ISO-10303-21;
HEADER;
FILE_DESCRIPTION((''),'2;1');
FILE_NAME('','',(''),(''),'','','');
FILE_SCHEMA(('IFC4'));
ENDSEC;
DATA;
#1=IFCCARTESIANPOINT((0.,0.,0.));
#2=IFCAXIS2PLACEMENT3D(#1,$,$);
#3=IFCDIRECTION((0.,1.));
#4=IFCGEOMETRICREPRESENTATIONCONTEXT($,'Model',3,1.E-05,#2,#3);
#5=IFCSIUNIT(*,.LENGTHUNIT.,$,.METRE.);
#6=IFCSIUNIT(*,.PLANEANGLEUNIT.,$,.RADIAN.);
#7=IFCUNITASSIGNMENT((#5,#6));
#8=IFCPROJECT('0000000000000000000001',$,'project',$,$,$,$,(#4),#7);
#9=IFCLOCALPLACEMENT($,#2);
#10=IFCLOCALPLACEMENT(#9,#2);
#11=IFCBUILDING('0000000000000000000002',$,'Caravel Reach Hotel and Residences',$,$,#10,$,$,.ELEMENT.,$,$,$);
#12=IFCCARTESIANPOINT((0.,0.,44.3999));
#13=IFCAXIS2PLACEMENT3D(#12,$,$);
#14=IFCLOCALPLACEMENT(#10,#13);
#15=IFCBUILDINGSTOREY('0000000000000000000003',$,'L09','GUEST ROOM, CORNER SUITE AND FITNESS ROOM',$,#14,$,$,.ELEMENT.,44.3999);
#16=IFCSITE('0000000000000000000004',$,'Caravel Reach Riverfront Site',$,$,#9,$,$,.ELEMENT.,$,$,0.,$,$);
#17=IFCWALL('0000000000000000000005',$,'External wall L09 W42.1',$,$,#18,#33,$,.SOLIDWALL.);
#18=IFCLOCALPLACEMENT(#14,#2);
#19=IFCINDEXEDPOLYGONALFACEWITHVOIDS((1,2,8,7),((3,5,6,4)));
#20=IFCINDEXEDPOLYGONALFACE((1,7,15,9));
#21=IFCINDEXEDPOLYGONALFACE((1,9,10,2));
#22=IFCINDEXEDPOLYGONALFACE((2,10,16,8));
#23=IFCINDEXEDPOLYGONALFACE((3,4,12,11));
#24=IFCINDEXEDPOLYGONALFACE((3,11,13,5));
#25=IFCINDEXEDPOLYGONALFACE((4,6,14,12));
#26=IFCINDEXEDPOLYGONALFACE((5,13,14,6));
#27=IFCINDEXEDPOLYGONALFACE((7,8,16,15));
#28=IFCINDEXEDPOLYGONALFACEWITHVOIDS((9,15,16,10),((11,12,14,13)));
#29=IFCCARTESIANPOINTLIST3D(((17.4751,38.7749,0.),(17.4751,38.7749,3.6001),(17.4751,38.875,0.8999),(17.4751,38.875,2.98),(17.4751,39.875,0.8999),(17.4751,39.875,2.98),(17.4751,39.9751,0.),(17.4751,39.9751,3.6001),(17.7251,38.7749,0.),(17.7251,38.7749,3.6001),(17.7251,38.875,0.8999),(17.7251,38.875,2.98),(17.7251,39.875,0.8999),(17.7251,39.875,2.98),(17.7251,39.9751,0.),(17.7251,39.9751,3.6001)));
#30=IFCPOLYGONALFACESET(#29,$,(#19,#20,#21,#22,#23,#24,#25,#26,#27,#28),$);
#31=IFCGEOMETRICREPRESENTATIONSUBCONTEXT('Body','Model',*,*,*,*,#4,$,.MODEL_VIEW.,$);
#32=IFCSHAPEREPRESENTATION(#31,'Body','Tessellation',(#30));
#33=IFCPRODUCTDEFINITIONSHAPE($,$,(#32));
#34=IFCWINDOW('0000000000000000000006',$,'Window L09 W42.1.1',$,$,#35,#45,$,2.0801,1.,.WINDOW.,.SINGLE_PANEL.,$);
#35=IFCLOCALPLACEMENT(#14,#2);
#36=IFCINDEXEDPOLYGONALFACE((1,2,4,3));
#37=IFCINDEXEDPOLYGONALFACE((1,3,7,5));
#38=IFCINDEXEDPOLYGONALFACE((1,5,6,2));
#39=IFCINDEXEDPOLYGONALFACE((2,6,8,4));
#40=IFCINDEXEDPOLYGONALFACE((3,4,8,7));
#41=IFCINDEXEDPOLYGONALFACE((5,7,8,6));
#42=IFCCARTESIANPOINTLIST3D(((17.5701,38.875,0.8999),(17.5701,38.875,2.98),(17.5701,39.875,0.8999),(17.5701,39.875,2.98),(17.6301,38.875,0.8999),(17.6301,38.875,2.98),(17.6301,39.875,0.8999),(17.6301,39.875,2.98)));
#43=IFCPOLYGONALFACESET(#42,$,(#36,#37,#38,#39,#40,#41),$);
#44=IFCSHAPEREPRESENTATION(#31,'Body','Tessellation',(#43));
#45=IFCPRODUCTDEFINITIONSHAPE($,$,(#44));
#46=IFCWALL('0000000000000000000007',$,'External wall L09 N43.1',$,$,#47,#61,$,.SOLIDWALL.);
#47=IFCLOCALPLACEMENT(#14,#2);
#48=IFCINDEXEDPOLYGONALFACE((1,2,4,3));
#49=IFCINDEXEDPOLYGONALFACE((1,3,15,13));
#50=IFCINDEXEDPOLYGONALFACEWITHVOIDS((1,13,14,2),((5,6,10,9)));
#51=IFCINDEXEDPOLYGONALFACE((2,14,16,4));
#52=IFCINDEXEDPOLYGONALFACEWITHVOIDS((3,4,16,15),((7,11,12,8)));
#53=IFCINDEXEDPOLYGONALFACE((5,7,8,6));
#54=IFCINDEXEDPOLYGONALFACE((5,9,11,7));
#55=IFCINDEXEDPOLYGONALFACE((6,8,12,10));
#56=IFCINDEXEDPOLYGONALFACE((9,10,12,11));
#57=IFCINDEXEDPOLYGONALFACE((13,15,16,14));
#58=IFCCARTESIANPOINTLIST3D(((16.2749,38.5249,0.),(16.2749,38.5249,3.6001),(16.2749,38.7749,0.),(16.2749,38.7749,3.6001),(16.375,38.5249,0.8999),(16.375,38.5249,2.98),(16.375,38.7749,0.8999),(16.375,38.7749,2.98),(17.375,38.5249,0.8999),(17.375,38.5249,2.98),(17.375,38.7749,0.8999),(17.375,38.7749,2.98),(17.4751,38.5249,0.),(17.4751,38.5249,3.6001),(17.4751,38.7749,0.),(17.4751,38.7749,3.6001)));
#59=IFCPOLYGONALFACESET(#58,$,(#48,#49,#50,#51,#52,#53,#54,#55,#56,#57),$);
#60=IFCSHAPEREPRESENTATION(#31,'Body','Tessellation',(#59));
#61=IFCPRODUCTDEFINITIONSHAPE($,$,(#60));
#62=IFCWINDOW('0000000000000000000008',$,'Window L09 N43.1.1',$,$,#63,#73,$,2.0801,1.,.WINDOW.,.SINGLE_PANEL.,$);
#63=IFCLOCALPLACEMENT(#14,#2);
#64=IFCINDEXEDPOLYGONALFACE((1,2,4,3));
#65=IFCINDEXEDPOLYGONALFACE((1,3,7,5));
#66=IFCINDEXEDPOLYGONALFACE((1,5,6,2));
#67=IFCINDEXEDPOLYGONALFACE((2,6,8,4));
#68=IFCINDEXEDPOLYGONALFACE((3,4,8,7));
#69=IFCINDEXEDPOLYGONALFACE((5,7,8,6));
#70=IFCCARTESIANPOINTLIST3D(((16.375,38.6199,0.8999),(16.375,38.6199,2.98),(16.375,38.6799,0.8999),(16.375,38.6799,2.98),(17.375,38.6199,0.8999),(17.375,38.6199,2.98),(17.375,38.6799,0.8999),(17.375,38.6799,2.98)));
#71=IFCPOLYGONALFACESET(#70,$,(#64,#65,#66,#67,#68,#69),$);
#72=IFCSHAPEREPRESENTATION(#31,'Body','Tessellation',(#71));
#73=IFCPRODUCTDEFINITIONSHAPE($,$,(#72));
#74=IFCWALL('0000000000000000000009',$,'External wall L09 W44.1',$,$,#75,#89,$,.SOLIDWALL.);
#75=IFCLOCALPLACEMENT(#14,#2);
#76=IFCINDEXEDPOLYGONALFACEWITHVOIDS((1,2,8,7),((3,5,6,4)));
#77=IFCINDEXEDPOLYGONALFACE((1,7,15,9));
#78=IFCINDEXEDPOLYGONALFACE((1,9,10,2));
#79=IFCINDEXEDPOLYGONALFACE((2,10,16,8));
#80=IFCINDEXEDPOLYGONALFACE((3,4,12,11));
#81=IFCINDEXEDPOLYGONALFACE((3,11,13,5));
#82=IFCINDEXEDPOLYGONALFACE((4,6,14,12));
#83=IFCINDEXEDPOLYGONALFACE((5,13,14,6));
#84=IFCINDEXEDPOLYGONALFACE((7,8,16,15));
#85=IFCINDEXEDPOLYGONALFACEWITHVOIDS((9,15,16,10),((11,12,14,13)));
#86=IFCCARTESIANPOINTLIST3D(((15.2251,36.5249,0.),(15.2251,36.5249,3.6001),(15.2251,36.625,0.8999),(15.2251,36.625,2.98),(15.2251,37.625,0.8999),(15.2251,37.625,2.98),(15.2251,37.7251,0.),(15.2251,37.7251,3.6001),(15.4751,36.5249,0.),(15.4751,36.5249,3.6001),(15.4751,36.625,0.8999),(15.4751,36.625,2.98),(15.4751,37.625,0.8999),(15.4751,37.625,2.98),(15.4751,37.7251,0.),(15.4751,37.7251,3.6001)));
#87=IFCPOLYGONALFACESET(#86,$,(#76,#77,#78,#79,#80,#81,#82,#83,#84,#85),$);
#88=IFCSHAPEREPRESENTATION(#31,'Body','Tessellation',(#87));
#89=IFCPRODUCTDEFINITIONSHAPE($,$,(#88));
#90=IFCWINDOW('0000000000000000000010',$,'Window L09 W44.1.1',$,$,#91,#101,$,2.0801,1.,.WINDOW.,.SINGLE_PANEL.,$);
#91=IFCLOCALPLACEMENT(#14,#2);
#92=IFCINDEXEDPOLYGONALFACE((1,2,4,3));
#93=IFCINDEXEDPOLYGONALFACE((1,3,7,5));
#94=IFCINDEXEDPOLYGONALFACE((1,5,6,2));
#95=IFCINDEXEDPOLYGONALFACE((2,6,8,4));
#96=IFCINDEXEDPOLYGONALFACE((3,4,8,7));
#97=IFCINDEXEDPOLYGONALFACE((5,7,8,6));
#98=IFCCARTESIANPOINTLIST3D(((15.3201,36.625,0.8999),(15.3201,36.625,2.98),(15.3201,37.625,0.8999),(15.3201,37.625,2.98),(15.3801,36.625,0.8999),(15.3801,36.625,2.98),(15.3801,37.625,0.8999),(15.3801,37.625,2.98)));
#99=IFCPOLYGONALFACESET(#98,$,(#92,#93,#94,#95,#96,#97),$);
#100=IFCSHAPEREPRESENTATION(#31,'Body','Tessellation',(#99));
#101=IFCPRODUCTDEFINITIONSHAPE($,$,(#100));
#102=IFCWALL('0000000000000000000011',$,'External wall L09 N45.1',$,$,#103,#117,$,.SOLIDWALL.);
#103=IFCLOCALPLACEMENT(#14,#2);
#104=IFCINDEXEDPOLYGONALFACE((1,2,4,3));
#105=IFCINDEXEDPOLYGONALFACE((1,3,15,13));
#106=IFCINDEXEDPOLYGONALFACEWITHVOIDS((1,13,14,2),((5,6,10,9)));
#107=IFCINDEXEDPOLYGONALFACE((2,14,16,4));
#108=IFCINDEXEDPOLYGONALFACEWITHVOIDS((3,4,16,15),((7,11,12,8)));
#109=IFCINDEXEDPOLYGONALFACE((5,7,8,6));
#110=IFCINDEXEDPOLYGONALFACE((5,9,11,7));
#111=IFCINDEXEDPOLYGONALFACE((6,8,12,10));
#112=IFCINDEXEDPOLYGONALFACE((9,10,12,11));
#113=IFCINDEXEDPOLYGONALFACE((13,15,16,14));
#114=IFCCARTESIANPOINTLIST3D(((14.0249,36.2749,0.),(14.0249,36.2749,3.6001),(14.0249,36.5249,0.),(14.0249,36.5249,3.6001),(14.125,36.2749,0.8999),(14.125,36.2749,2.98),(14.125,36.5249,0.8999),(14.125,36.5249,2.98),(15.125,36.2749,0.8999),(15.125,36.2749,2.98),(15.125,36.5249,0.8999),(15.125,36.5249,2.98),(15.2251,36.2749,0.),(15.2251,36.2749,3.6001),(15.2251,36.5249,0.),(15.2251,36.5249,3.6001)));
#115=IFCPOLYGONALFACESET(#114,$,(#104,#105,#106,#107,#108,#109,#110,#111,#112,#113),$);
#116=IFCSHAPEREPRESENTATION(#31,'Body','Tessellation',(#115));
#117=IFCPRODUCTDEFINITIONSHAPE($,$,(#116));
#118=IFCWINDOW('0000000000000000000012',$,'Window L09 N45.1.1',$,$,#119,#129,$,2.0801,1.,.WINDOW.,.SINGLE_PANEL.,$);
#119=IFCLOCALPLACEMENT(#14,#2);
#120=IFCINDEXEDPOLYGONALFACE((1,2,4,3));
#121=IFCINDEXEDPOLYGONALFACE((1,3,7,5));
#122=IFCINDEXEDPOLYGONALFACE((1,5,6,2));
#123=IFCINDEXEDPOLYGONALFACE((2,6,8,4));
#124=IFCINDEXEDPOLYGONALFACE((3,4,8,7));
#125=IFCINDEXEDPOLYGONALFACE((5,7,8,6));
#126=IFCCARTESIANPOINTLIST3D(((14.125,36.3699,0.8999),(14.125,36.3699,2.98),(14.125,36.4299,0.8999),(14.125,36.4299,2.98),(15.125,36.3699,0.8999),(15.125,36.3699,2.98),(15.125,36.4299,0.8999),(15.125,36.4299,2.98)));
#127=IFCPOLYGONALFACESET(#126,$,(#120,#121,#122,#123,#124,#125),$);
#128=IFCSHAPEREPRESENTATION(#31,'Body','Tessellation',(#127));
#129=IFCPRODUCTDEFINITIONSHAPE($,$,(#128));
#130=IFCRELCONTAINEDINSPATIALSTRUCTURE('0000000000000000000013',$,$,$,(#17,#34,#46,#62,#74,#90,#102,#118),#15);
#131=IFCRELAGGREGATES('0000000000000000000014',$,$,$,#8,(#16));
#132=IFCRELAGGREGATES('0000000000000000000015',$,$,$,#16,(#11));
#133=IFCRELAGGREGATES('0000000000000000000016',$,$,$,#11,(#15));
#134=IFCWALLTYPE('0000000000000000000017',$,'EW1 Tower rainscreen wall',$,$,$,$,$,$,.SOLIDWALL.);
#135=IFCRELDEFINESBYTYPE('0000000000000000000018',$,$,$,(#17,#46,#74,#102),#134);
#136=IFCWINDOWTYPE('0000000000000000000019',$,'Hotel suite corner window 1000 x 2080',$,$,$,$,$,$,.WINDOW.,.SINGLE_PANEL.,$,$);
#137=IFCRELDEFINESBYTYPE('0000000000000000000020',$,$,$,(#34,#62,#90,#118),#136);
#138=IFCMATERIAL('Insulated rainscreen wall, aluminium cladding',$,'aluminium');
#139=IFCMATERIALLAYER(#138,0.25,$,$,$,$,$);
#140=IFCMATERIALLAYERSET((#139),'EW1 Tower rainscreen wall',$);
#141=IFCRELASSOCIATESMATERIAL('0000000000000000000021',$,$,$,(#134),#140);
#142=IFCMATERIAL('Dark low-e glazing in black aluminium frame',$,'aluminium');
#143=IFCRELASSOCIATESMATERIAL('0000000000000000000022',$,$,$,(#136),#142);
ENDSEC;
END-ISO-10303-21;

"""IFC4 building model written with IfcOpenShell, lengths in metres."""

from ifc_helpers import new_model, si_unit, direction, frame, frame_2d, origin, place, context, subcontext, project, spatial, rectangle, extrude, material, layer, layer_set, type_object, element, fill, save


model = new_model("IFC4")

# Units and contexts
model_context = context("Model", 3, precision=1e-05, world=origin(), true_north=direction((0.0, 1.0)))
body_context = subcontext(model_context, "Body", "Model", "MODEL_VIEW")
ifc_project = project(units=[si_unit("LENGTHUNIT", "METRE"), si_unit("PLANEANGLEUNIT", "RADIAN")], contexts=[model_context])

# Site, building, storey
site_placement = place(None, origin())
site = spatial("IfcSite", under=ifc_project, at=site_placement, Name="Caravel Reach Riverfront Site", CompositionType="ELEMENT", RefElevation=0.0)
building_placement = place(site_placement, origin())
building = spatial("IfcBuilding", under=site, at=building_placement, Name="Caravel Reach Hotel and Residences", CompositionType="ELEMENT")
storey_placement = place(building_placement, frame((0.0, 0.0, 44.3999)))
storey = spatial("IfcBuildingStorey", under=building, at=storey_placement, Name="L09", Description="GUEST ROOM, CORNER SUITE AND FITNESS ROOM", CompositionType="ELEMENT", Elevation=44.3999)

# Walls, openings, windows
ifc_material_1 = material(Name="Insulated rainscreen wall, aluminium cladding", Category="aluminium")
ifc_layer = layer(ifc_material_1, 0.25)
ifc_layer_set = layer_set([ifc_layer], Name="EW1 Tower rainscreen wall")
wall_type = type_object("IfcWallType", Name="EW1 Tower rainscreen wall", PredefinedType="SOLIDWALL", material=ifc_layer_set)
wall_1_placement = place(storey_placement, frame((17.6001, 39.9751, 0.0), z_axis=(0.0, 0.0, 1.0), x_axis=(0.0, -1.0, 0.0)))
wall_1 = element("IfcWall", 1, at=wall_1_placement, inside=storey, type_object=wall_type, Name="External wall L09 W42.1", PredefinedType="SOLIDWALL", context=body_context, shape_type="SweptSolid", body=[
    extrude(rectangle(XDim=1.2002, YDim=0.25, at=frame_2d((0.6001, 0.0))), origin(), (0.0, 0.0, 1.0), 3.6001),
])
opening_1_placement = place(wall_1_placement, frame((0.1001, 0.0, 0.8999)))
opening_1 = element("IfcOpeningElement", 2, at=opening_1_placement, cuts=wall_1, PredefinedType="OPENING", context=body_context, shape_type="SweptSolid", body=[
    extrude(rectangle(XDim=1.0, YDim=2.0801, at=frame_2d((0.5, 1.04))), frame((0.0, 0.135, 0.0), z_axis=(0.0, -1.0, 0.0), x_axis=(1.0, 0.0, 0.0)), (0.0, 0.0, 1.0), 0.27),
])
ifc_material_2 = material(Name="Dark low-e glazing in black aluminium frame", Category="aluminium")
window_type_1 = type_object("IfcWindowType", Name="Hotel suite corner window 1000 x 2080", PartitioningType="SINGLE_PANEL", PredefinedType="WINDOW", material=ifc_material_2)
window_1_placement = place(opening_1_placement, origin())
window_1 = element("IfcWindow", 3, at=window_1_placement, inside=storey, type_object=window_type_1, Name="Window L09 W42.1.1", OverallHeight=2.0801, OverallWidth=1.0, PartitioningType="SINGLE_PANEL", PredefinedType="WINDOW", context=body_context, shape_type="SweptSolid", body=[
    extrude(rectangle(XDim=1.0, YDim=2.0801, at=frame_2d((0.5, 1.04))), frame((0.0, 0.03, 0.0), z_axis=(0.0, -1.0, 0.0), x_axis=(1.0, 0.0, 0.0)), (0.0, 0.0, 1.0), 0.0601),
])
fill(opening_1, window_1)
wall_2_placement = place(storey_placement, frame((17.4751, 38.6499, 0.0), z_axis=(0.0, 0.0, 1.0), x_axis=(-1.0, 0.0, 0.0)))
wall_2 = element("IfcWall", 4, at=wall_2_placement, inside=storey, type_object=wall_type, Name="External wall L09 N43.1", PredefinedType="SOLIDWALL", context=body_context, shape_type="SweptSolid", body=[
    extrude(rectangle(XDim=1.2002, YDim=0.25, at=frame_2d((0.6001, 0.0))), origin(), (0.0, 0.0, 1.0), 3.6001),
])
opening_2_placement = place(wall_2_placement, frame((0.1001, 0.0, 0.8999)))
opening_2 = element("IfcOpeningElement", 5, at=opening_2_placement, cuts=wall_2, PredefinedType="OPENING", context=body_context, shape_type="SweptSolid", body=[
    extrude(rectangle(XDim=1.0, YDim=2.0801, at=frame_2d((0.5, 1.04))), frame((0.0, 0.135, 0.0), z_axis=(0.0, -1.0, 0.0), x_axis=(1.0, 0.0, 0.0)), (0.0, 0.0, 1.0), 0.27),
])
window_2_placement = place(opening_2_placement, origin())
window_2 = element("IfcWindow", 6, at=window_2_placement, inside=storey, type_object=window_type_1, Name="Window L09 N43.1.1", OverallHeight=2.0801, OverallWidth=1.0, PartitioningType="SINGLE_PANEL", PredefinedType="WINDOW", context=body_context, shape_type="SweptSolid", body=[
    extrude(rectangle(XDim=1.0, YDim=2.0801, at=frame_2d((0.5, 1.04))), frame((0.0, 0.03, 0.0), z_axis=(0.0, -1.0, 0.0), x_axis=(1.0, 0.0, 0.0)), (0.0, 0.0, 1.0), 0.0601),
])
fill(opening_2, window_2)
wall_3_placement = place(storey_placement, frame((15.3501, 37.7251, 0.0), z_axis=(0.0, 0.0, 1.0), x_axis=(0.0, -1.0, 0.0)))
wall_3 = element("IfcWall", 7, at=wall_3_placement, inside=storey, type_object=wall_type, Name="External wall L09 W44.1", PredefinedType="SOLIDWALL", context=body_context, shape_type="SweptSolid", body=[
    extrude(rectangle(XDim=1.2002, YDim=0.25, at=frame_2d((0.6001, 0.0))), origin(), (0.0, 0.0, 1.0), 3.6001),
])
opening_3_placement = place(wall_3_placement, frame((0.1001, 0.0, 0.8999)))
opening_3 = element("IfcOpeningElement", 8, at=opening_3_placement, cuts=wall_3, PredefinedType="OPENING", context=body_context, shape_type="SweptSolid", body=[
    extrude(rectangle(XDim=1.0, YDim=2.0801, at=frame_2d((0.5, 1.04))), frame((0.0, 0.135, 0.0), z_axis=(0.0, -1.0, 0.0), x_axis=(1.0, 0.0, 0.0)), (0.0, 0.0, 1.0), 0.27),
])
window_3_placement = place(opening_3_placement, origin())
window_3 = element("IfcWindow", 9, at=window_3_placement, inside=storey, type_object=window_type_1, Name="Window L09 W44.1.1", OverallHeight=2.0801, OverallWidth=1.0, PartitioningType="SINGLE_PANEL", PredefinedType="WINDOW", context=body_context, shape_type="SweptSolid", body=[
    extrude(rectangle(XDim=1.0, YDim=2.0801, at=frame_2d((0.5, 1.04))), frame((0.0, 0.03, 0.0), z_axis=(0.0, -1.0, 0.0), x_axis=(1.0, 0.0, 0.0)), (0.0, 0.0, 1.0), 0.0601),
])
fill(opening_3, window_3)
wall_4_placement = place(storey_placement, frame((15.2251, 36.3999, 0.0), z_axis=(0.0, 0.0, 1.0), x_axis=(-1.0, 0.0, 0.0)))
wall_4 = element("IfcWall", 10, at=wall_4_placement, inside=storey, type_object=wall_type, Name="External wall L09 N45.1", PredefinedType="SOLIDWALL", context=body_context, shape_type="SweptSolid", body=[
    extrude(rectangle(XDim=1.2002, YDim=0.25, at=frame_2d((0.6001, 0.0))), origin(), (0.0, 0.0, 1.0), 3.6001),
])
opening_4_placement = place(wall_4_placement, frame((0.1001, 0.0, 0.8999)))
opening_4 = element("IfcOpeningElement", 11, at=opening_4_placement, cuts=wall_4, PredefinedType="OPENING", context=body_context, shape_type="SweptSolid", body=[
    extrude(rectangle(XDim=1.0, YDim=2.0801, at=frame_2d((0.5, 1.04))), frame((0.0, 0.135, 0.0), z_axis=(0.0, -1.0, 0.0), x_axis=(1.0, 0.0, 0.0)), (0.0, 0.0, 1.0), 0.27),
])
window_4_placement = place(opening_4_placement, origin())
window_4 = element("IfcWindow", 12, at=window_4_placement, inside=storey, type_object=window_type_1, Name="Window L09 N45.1.1", OverallHeight=2.0801, OverallWidth=1.0, PartitioningType="SINGLE_PANEL", PredefinedType="WINDOW", context=body_context, shape_type="SweptSolid", body=[
    extrude(rectangle(XDim=1.0, YDim=2.0801, at=frame_2d((0.5, 1.04))), frame((0.0, 0.03, 0.0), z_axis=(0.0, -1.0, 0.0), x_axis=(1.0, 0.0, 0.0)), (0.0, 0.0, 1.0), 0.0601),
])
fill(opening_4, window_4)

save(model, "model.ifc")
